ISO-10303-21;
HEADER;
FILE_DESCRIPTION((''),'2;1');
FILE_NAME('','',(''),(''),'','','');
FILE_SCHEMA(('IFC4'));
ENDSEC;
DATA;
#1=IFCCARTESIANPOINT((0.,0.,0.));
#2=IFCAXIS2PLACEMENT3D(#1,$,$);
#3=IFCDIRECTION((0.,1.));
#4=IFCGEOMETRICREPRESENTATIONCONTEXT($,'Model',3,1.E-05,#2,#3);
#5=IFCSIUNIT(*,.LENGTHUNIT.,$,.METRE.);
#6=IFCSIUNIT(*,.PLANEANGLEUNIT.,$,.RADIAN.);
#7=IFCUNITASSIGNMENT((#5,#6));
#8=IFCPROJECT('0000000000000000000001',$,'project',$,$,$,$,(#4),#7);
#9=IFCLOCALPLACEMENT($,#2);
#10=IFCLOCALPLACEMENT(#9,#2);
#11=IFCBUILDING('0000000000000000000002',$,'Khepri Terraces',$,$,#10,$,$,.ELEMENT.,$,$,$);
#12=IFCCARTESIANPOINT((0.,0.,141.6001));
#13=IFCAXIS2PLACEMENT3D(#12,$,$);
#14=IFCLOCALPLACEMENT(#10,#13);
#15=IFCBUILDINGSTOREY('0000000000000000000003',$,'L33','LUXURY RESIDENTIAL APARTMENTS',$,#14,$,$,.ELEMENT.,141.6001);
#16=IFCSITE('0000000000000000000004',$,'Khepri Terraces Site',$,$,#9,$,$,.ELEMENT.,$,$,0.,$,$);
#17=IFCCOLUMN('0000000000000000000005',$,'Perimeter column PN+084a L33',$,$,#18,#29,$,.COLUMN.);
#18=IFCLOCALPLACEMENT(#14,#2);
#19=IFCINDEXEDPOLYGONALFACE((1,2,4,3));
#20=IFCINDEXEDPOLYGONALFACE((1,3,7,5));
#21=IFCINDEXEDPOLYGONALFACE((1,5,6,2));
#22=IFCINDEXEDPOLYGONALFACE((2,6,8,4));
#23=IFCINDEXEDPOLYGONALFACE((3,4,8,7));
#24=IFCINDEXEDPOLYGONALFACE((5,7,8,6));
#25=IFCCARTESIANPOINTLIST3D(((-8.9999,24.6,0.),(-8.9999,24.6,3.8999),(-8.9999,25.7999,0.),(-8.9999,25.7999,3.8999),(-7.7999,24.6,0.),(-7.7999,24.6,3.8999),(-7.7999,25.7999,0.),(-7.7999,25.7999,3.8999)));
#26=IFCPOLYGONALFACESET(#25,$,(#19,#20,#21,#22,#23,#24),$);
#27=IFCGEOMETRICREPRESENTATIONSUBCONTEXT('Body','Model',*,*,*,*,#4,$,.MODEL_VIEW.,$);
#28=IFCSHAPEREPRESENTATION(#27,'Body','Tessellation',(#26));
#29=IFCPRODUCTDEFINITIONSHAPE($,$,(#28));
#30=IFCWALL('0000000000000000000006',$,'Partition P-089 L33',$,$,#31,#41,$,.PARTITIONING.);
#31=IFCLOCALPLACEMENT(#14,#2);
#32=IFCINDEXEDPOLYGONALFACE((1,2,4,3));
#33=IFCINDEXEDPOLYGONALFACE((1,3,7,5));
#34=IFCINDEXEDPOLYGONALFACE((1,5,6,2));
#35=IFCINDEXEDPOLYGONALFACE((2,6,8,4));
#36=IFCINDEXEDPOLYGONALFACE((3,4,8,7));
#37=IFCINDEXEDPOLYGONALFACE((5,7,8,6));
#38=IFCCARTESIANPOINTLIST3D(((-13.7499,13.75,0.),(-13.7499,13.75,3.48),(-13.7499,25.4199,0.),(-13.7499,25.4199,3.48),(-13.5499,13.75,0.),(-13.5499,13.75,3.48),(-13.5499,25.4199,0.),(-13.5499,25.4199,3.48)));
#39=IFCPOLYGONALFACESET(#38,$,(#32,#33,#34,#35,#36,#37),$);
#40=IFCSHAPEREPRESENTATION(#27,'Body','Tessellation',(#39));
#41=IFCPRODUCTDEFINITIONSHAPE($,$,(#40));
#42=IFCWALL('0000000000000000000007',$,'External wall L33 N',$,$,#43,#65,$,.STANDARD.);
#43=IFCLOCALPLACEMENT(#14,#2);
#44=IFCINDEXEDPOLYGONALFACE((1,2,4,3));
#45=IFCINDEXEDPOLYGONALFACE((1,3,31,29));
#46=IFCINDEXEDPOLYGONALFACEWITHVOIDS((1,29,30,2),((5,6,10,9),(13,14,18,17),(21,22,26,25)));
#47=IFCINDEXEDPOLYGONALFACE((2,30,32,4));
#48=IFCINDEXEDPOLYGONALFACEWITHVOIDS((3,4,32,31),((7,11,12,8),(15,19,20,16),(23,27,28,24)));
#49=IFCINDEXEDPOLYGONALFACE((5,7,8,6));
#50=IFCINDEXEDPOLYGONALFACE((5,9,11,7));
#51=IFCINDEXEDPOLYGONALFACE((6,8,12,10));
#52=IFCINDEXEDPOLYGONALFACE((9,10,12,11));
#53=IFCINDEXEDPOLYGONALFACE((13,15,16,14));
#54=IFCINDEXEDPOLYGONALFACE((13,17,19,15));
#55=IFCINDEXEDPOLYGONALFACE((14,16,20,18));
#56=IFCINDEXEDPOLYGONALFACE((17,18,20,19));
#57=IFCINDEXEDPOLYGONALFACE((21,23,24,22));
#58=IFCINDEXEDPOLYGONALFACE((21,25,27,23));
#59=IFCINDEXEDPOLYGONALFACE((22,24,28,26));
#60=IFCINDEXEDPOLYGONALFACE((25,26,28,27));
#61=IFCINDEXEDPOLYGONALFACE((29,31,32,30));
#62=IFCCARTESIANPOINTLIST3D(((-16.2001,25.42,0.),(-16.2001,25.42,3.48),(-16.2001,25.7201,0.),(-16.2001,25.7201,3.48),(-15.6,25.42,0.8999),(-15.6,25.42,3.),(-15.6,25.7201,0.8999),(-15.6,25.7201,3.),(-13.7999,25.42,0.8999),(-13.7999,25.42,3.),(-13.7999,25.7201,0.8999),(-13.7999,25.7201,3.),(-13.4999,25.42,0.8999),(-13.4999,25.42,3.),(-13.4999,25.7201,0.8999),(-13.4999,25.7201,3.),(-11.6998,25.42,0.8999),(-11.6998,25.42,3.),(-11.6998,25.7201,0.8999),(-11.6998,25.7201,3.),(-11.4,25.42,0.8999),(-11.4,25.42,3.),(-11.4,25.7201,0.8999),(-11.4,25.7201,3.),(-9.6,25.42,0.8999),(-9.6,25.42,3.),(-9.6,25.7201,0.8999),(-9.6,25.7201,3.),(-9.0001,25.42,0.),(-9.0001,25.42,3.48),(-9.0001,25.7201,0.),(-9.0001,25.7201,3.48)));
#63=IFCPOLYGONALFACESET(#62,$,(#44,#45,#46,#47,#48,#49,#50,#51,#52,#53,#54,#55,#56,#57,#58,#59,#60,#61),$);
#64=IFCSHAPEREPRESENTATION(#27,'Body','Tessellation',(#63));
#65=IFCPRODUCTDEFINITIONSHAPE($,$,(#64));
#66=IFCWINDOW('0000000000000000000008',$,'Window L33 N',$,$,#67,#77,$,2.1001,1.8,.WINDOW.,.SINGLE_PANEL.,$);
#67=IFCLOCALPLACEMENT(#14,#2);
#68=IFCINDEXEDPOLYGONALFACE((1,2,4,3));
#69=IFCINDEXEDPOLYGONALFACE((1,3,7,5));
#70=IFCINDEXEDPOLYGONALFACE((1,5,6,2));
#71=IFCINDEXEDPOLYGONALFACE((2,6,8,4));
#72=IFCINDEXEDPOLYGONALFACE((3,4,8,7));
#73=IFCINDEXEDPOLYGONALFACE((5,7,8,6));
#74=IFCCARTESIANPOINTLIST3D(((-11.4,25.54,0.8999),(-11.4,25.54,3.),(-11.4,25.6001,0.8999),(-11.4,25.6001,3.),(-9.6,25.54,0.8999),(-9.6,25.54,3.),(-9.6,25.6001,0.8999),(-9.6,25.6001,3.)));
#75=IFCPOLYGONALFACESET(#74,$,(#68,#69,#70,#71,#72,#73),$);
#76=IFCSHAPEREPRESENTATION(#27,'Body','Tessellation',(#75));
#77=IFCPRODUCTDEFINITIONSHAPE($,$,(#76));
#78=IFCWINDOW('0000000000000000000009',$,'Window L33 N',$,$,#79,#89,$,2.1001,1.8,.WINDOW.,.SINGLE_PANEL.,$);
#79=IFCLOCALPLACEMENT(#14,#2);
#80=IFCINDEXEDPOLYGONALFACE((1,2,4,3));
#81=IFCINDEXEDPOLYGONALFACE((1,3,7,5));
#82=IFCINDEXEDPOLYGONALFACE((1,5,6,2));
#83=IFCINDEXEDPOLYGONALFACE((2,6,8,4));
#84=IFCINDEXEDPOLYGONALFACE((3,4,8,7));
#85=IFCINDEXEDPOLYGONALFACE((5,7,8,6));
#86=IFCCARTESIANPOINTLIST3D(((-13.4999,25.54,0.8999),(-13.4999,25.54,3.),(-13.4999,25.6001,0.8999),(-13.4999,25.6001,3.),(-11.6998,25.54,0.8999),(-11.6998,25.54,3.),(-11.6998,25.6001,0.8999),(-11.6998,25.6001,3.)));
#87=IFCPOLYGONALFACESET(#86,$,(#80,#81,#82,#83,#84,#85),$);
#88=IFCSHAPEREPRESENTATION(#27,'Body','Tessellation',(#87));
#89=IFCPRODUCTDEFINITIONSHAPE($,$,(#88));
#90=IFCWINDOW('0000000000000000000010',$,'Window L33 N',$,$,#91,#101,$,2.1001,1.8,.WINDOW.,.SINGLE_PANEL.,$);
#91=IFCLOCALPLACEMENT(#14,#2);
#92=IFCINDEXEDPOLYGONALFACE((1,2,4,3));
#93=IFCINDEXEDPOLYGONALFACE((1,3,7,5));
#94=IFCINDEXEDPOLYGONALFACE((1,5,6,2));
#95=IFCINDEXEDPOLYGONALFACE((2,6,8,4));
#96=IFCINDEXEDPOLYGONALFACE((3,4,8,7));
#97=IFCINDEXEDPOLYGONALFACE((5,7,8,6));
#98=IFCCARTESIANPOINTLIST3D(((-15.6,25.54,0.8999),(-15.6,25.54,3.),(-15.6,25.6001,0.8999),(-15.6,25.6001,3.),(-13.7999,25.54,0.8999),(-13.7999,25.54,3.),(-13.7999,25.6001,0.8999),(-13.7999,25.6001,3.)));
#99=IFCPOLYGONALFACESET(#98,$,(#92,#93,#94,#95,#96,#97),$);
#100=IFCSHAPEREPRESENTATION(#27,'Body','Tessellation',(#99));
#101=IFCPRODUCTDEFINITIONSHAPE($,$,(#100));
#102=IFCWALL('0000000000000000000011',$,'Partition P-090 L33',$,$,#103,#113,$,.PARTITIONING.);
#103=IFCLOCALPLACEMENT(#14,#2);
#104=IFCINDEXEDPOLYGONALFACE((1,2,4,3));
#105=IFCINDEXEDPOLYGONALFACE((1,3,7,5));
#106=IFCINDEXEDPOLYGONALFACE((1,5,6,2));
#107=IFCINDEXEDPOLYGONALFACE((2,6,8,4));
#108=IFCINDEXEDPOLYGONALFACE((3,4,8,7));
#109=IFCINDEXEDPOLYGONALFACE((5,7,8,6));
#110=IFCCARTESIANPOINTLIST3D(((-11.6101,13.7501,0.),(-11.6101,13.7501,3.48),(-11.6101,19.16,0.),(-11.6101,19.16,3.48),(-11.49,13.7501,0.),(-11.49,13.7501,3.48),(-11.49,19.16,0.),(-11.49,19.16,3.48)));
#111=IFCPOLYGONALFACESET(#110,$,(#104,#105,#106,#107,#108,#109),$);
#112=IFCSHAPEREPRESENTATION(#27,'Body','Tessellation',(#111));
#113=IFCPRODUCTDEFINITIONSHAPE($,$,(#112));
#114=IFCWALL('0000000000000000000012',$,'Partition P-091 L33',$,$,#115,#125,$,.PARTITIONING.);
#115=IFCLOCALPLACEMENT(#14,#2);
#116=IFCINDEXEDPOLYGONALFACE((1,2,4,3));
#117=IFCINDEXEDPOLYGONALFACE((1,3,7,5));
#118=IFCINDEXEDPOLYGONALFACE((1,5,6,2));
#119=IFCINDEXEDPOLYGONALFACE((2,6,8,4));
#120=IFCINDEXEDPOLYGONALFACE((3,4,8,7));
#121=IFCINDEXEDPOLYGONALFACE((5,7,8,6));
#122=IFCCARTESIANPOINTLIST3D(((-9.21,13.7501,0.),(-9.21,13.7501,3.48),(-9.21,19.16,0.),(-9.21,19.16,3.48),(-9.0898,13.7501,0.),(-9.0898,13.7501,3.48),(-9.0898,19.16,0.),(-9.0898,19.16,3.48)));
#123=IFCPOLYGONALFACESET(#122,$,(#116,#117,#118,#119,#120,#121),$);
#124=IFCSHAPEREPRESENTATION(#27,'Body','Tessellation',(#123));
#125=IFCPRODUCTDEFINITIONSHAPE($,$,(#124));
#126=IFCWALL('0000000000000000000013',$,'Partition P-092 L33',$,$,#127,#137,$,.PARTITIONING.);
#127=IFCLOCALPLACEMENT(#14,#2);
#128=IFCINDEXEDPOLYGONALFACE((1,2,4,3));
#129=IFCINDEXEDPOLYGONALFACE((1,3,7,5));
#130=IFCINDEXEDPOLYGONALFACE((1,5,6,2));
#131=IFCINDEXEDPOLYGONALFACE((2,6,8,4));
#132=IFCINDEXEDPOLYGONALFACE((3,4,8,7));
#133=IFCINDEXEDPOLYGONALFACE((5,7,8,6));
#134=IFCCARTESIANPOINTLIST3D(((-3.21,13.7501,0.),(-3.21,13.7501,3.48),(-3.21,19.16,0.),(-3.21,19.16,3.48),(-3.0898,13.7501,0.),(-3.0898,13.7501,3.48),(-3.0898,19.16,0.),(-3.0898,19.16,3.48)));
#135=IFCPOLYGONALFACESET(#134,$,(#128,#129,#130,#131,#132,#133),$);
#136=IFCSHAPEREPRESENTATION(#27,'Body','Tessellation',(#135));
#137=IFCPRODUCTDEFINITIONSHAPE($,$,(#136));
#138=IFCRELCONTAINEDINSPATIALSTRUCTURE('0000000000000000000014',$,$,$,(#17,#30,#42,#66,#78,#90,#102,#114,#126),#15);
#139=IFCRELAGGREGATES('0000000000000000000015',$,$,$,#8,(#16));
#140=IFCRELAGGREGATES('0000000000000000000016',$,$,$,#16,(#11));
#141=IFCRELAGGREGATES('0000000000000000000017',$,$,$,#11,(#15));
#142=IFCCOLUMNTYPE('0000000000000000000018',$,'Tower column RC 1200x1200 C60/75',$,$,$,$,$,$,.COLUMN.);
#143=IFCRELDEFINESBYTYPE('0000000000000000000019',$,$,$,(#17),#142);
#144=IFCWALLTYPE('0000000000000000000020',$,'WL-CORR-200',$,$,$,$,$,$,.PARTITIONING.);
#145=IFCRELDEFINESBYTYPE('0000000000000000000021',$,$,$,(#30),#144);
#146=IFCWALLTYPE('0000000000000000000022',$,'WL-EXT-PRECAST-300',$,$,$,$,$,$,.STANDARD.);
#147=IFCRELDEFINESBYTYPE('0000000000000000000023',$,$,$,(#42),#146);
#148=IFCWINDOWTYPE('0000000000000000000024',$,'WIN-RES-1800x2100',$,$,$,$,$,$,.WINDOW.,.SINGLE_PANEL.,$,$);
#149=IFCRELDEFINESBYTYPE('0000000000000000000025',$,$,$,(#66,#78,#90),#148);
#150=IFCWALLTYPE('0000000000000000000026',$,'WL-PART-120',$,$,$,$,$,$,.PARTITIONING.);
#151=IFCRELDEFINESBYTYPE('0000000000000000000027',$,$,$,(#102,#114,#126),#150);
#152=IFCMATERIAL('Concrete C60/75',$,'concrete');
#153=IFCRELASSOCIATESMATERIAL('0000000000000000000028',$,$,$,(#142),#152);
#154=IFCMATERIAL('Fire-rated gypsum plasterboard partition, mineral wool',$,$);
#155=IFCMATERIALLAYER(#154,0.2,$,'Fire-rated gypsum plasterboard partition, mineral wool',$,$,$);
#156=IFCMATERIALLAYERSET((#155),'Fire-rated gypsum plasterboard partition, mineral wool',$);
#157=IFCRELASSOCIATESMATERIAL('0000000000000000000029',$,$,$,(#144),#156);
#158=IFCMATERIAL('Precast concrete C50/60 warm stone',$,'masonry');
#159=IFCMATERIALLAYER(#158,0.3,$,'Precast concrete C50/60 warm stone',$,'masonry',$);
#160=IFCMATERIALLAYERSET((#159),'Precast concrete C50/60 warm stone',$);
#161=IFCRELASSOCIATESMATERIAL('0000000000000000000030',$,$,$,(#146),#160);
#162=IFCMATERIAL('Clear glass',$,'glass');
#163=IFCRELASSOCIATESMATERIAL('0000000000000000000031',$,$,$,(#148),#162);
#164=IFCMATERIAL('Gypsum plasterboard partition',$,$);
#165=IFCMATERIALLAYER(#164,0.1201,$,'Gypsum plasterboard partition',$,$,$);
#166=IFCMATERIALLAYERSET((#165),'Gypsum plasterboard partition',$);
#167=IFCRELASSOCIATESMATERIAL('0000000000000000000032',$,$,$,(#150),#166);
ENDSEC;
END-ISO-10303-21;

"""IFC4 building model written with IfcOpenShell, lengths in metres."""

from ifc_helpers import new_model, si_unit, direction, frame, frame_2d, origin, origin_2d, place, context, subcontext, project, spatial, rectangle, extrude, material, layer, layer_set, material_profile, profile_set, type_object, element, fill, save


model = new_model("IFC4")

# Units and contexts
model_context = context("Model", 3, precision=1e-05, world=origin(), true_north=direction((0.0, 1.0)))
body_context = subcontext(model_context, "Body", "Model", "MODEL_VIEW")
ifc_project = project(units=[si_unit("LENGTHUNIT", "METRE"), si_unit("PLANEANGLEUNIT", "RADIAN")], contexts=[model_context])

# Site, building, storey
site_placement = place(None, origin())
site = spatial("IfcSite", under=ifc_project, at=site_placement, Name="Khepri Terraces Site", CompositionType="ELEMENT", RefElevation=0.0)
building_placement = place(site_placement, origin())
building = spatial("IfcBuilding", under=site, at=building_placement, Name="Khepri Terraces", CompositionType="ELEMENT")
storey_placement = place(building_placement, frame((0.0, 0.0, 141.6001)))
storey = spatial("IfcBuildingStorey", under=building, at=storey_placement, Name="L33", Description="LUXURY RESIDENTIAL APARTMENTS", CompositionType="ELEMENT", Elevation=141.6001)

# Column
ifc_material_1 = material(Name="Concrete C60/75", Category="concrete")
ifc_material_profile = material_profile(ifc_material_1, rectangle(XDim=1.2, YDim=1.2, at=origin_2d()), Name="Concrete C60/75", Category="concrete")
ifc_profile_set = profile_set([ifc_material_profile], Name="Concrete C60/75")
column_type = type_object("IfcColumnType", Name="Tower column RC 1200x1200 C60/75", PredefinedType="COLUMN", material=ifc_profile_set)
column_placement = place(storey_placement, frame((-8.3999, 25.2, 0.0), z_axis=(0.0, 0.0, 1.0), x_axis=(1.0, 0.0, 0.0)))
element("IfcColumn", 1, at=column_placement, inside=storey, type_object=column_type, Name="Perimeter column PN+084a L33", PredefinedType="COLUMN", context=body_context, shape_type="SweptSolid", body=[
    extrude(rectangle(XDim=1.2, YDim=1.2, at=origin_2d()), origin(), (0.0, 0.0, 1.0), 3.8999),
])

# Wall
ifc_material_2 = material(Name="Fire-rated gypsum plasterboard partition, mineral wool")
ifc_layer_1 = layer(ifc_material_2, 0.2, Name="Fire-rated gypsum plasterboard partition, mineral wool")
ifc_layer_set_1 = layer_set([ifc_layer_1], Name="Fire-rated gypsum plasterboard partition, mineral wool")
wall_type_1 = type_object("IfcWallType", Name="WL-CORR-200", PredefinedType="PARTITIONING", material=ifc_layer_set_1)
wall_1_placement = place(storey_placement, frame((-13.6499, 13.75, 0.0), z_axis=(0.0, 0.0, 1.0), x_axis=(0.0, 1.0, 0.0)))
element("IfcWall", 2, at=wall_1_placement, inside=storey, type_object=wall_type_1, Name="Partition P-089 L33", PredefinedType="PARTITIONING", context=body_context, shape_type="SweptSolid", body=[
    extrude(rectangle(XDim=11.6699, YDim=0.2, at=frame_2d((5.835, 0.0))), origin(), (0.0, 0.0, 1.0), 3.48),
])

# Shared definitions
ifc_material_3 = material(Name="Precast concrete C50/60 warm stone", Category="masonry")
ifc_layer_2 = layer(ifc_material_3, 0.3, Name="Precast concrete C50/60 warm stone", Category="masonry")
ifc_layer_set_2 = layer_set([ifc_layer_2], Name="Precast concrete C50/60 warm stone")
wall_type_2 = type_object("IfcWallType", Name="WL-EXT-PRECAST-300", PredefinedType="STANDARD", material=ifc_layer_set_2)

# Wall, openings, windows
wall_2_placement = place(storey_placement, frame((-9.0, 25.5701, 0.0), z_axis=(0.0, 0.0, 1.0), x_axis=(-1.0, 0.0, 0.0)))
wall_2 = element("IfcWall", 3, at=wall_2_placement, inside=storey, type_object=wall_type_2, Name="External wall L33 N", PredefinedType="STANDARD", context=body_context, shape_type="SweptSolid", body=[
    extrude(rectangle(XDim=7.2, YDim=0.3, at=frame_2d((3.6001, 0.0))), origin(), (0.0, 0.0, 1.0), 3.48),
])
opening_1_placement = place(wall_2_placement, frame((0.6001, 0.0, 0.8999)))
opening_1 = element("IfcOpeningElement", 4, at=opening_1_placement, cuts=wall_2, PredefinedType="OPENING", context=body_context, shape_type="SweptSolid", body=[
    extrude(rectangle(XDim=1.8, YDim=2.1001, at=frame_2d((0.8999, 1.05))), frame((0.0, 0.1602, 0.0), z_axis=(0.0, -1.0, 0.0), x_axis=(1.0, 0.0, 0.0)), (0.0, 0.0, 1.0), 0.3201),
])
opening_2_placement = place(wall_2_placement, frame((2.7, 0.0, 0.8999)))
opening_2 = element("IfcOpeningElement", 5, at=opening_2_placement, cuts=wall_2, PredefinedType="OPENING", context=body_context, shape_type="SweptSolid", body=[
    extrude(rectangle(XDim=1.8, YDim=2.1001, at=frame_2d((0.8999, 1.05))), frame((0.0, 0.1602, 0.0), z_axis=(0.0, -1.0, 0.0), x_axis=(1.0, 0.0, 0.0)), (0.0, 0.0, 1.0), 0.3201),
])
opening_3_placement = place(wall_2_placement, frame((4.8, 0.0, 0.8999)))
opening_3 = element("IfcOpeningElement", 6, at=opening_3_placement, cuts=wall_2, PredefinedType="OPENING", context=body_context, shape_type="SweptSolid", body=[
    extrude(rectangle(XDim=1.8, YDim=2.1001, at=frame_2d((0.8999, 1.05))), frame((0.0, 0.1602, 0.0), z_axis=(0.0, -1.0, 0.0), x_axis=(1.0, 0.0, 0.0)), (0.0, 0.0, 1.0), 0.3201),
])
ifc_material_4 = material(Name="Clear glass", Category="glass")
window_type = type_object("IfcWindowType", Name="WIN-RES-1800x2100", PartitioningType="SINGLE_PANEL", PredefinedType="WINDOW", material=ifc_material_4)
window_1_placement = place(opening_1_placement, origin())
window_1 = element("IfcWindow", 7, at=window_1_placement, inside=storey, type_object=window_type, Name="Window L33 N", OverallHeight=2.1001, OverallWidth=1.8, PartitioningType="SINGLE_PANEL", PredefinedType="WINDOW", context=body_context, shape_type="SweptSolid", body=[
    extrude(rectangle(XDim=1.8, YDim=2.1001, at=frame_2d((0.8999, 1.05))), frame((0.0, 0.03, 0.0), z_axis=(0.0, -1.0, 0.0), x_axis=(1.0, 0.0, 0.0)), (0.0, 0.0, 1.0), 0.0601),
])
fill(opening_1, window_1)
window_2_placement = place(opening_2_placement, origin())
window_2 = element("IfcWindow", 8, at=window_2_placement, inside=storey, type_object=window_type, Name="Window L33 N", OverallHeight=2.1001, OverallWidth=1.8, PartitioningType="SINGLE_PANEL", PredefinedType="WINDOW", context=body_context, shape_type="SweptSolid", body=[
    extrude(rectangle(XDim=1.8, YDim=2.1001, at=frame_2d((0.8999, 1.05))), frame((0.0, 0.03, 0.0), z_axis=(0.0, -1.0, 0.0), x_axis=(1.0, 0.0, 0.0)), (0.0, 0.0, 1.0), 0.0601),
])
fill(opening_2, window_2)
window_3_placement = place(opening_3_placement, origin())
window_3 = element("IfcWindow", 9, at=window_3_placement, inside=storey, type_object=window_type, Name="Window L33 N", OverallHeight=2.1001, OverallWidth=1.8, PartitioningType="SINGLE_PANEL", PredefinedType="WINDOW", context=body_context, shape_type="SweptSolid", body=[
    extrude(rectangle(XDim=1.8, YDim=2.1001, at=frame_2d((0.8999, 1.05))), frame((0.0, 0.03, 0.0), z_axis=(0.0, -1.0, 0.0), x_axis=(1.0, 0.0, 0.0)), (0.0, 0.0, 1.0), 0.0601),
])
fill(opening_3, window_3)

# Walls
ifc_material_5 = material(Name="Gypsum plasterboard partition")
ifc_layer_3 = layer(ifc_material_5, 0.1201, Name="Gypsum plasterboard partition")
ifc_layer_set_3 = layer_set([ifc_layer_3], Name="Gypsum plasterboard partition")
wall_type_3 = type_object("IfcWallType", Name="WL-PART-120", PredefinedType="PARTITIONING", material=ifc_layer_set_3)
for number, where, z_axis, x_axis, name in (
    (10, (-11.55, 13.75, 0.0), (0.0, 0.0, 1.0), (0.0, 1.0, 0.0), "Partition P-090 L33"),
    (11, (-9.1499, 13.75, 0.0), (0.0, 0.0, 1.0), (0.0, 1.0, 0.0), "Partition P-091 L33"),
    (12, (-3.1499, 13.75, 0.0), (0.0, 0.0, 1.0), (0.0, 1.0, 0.0), "Partition P-092 L33"),
):
    element("IfcWall", number, at=place(storey_placement, frame(where, z_axis=z_axis, x_axis=x_axis)), inside=storey, type_object=wall_type_3, Name=name, PredefinedType="PARTITIONING", context=body_context, shape_type="SweptSolid", body=[
        extrude(rectangle(XDim=5.4099, YDim=0.1201, at=frame_2d((2.7051, 0.0))), origin(), (0.0, 0.0, 1.0), 3.48),
    ])

save(model, "model.ifc")
